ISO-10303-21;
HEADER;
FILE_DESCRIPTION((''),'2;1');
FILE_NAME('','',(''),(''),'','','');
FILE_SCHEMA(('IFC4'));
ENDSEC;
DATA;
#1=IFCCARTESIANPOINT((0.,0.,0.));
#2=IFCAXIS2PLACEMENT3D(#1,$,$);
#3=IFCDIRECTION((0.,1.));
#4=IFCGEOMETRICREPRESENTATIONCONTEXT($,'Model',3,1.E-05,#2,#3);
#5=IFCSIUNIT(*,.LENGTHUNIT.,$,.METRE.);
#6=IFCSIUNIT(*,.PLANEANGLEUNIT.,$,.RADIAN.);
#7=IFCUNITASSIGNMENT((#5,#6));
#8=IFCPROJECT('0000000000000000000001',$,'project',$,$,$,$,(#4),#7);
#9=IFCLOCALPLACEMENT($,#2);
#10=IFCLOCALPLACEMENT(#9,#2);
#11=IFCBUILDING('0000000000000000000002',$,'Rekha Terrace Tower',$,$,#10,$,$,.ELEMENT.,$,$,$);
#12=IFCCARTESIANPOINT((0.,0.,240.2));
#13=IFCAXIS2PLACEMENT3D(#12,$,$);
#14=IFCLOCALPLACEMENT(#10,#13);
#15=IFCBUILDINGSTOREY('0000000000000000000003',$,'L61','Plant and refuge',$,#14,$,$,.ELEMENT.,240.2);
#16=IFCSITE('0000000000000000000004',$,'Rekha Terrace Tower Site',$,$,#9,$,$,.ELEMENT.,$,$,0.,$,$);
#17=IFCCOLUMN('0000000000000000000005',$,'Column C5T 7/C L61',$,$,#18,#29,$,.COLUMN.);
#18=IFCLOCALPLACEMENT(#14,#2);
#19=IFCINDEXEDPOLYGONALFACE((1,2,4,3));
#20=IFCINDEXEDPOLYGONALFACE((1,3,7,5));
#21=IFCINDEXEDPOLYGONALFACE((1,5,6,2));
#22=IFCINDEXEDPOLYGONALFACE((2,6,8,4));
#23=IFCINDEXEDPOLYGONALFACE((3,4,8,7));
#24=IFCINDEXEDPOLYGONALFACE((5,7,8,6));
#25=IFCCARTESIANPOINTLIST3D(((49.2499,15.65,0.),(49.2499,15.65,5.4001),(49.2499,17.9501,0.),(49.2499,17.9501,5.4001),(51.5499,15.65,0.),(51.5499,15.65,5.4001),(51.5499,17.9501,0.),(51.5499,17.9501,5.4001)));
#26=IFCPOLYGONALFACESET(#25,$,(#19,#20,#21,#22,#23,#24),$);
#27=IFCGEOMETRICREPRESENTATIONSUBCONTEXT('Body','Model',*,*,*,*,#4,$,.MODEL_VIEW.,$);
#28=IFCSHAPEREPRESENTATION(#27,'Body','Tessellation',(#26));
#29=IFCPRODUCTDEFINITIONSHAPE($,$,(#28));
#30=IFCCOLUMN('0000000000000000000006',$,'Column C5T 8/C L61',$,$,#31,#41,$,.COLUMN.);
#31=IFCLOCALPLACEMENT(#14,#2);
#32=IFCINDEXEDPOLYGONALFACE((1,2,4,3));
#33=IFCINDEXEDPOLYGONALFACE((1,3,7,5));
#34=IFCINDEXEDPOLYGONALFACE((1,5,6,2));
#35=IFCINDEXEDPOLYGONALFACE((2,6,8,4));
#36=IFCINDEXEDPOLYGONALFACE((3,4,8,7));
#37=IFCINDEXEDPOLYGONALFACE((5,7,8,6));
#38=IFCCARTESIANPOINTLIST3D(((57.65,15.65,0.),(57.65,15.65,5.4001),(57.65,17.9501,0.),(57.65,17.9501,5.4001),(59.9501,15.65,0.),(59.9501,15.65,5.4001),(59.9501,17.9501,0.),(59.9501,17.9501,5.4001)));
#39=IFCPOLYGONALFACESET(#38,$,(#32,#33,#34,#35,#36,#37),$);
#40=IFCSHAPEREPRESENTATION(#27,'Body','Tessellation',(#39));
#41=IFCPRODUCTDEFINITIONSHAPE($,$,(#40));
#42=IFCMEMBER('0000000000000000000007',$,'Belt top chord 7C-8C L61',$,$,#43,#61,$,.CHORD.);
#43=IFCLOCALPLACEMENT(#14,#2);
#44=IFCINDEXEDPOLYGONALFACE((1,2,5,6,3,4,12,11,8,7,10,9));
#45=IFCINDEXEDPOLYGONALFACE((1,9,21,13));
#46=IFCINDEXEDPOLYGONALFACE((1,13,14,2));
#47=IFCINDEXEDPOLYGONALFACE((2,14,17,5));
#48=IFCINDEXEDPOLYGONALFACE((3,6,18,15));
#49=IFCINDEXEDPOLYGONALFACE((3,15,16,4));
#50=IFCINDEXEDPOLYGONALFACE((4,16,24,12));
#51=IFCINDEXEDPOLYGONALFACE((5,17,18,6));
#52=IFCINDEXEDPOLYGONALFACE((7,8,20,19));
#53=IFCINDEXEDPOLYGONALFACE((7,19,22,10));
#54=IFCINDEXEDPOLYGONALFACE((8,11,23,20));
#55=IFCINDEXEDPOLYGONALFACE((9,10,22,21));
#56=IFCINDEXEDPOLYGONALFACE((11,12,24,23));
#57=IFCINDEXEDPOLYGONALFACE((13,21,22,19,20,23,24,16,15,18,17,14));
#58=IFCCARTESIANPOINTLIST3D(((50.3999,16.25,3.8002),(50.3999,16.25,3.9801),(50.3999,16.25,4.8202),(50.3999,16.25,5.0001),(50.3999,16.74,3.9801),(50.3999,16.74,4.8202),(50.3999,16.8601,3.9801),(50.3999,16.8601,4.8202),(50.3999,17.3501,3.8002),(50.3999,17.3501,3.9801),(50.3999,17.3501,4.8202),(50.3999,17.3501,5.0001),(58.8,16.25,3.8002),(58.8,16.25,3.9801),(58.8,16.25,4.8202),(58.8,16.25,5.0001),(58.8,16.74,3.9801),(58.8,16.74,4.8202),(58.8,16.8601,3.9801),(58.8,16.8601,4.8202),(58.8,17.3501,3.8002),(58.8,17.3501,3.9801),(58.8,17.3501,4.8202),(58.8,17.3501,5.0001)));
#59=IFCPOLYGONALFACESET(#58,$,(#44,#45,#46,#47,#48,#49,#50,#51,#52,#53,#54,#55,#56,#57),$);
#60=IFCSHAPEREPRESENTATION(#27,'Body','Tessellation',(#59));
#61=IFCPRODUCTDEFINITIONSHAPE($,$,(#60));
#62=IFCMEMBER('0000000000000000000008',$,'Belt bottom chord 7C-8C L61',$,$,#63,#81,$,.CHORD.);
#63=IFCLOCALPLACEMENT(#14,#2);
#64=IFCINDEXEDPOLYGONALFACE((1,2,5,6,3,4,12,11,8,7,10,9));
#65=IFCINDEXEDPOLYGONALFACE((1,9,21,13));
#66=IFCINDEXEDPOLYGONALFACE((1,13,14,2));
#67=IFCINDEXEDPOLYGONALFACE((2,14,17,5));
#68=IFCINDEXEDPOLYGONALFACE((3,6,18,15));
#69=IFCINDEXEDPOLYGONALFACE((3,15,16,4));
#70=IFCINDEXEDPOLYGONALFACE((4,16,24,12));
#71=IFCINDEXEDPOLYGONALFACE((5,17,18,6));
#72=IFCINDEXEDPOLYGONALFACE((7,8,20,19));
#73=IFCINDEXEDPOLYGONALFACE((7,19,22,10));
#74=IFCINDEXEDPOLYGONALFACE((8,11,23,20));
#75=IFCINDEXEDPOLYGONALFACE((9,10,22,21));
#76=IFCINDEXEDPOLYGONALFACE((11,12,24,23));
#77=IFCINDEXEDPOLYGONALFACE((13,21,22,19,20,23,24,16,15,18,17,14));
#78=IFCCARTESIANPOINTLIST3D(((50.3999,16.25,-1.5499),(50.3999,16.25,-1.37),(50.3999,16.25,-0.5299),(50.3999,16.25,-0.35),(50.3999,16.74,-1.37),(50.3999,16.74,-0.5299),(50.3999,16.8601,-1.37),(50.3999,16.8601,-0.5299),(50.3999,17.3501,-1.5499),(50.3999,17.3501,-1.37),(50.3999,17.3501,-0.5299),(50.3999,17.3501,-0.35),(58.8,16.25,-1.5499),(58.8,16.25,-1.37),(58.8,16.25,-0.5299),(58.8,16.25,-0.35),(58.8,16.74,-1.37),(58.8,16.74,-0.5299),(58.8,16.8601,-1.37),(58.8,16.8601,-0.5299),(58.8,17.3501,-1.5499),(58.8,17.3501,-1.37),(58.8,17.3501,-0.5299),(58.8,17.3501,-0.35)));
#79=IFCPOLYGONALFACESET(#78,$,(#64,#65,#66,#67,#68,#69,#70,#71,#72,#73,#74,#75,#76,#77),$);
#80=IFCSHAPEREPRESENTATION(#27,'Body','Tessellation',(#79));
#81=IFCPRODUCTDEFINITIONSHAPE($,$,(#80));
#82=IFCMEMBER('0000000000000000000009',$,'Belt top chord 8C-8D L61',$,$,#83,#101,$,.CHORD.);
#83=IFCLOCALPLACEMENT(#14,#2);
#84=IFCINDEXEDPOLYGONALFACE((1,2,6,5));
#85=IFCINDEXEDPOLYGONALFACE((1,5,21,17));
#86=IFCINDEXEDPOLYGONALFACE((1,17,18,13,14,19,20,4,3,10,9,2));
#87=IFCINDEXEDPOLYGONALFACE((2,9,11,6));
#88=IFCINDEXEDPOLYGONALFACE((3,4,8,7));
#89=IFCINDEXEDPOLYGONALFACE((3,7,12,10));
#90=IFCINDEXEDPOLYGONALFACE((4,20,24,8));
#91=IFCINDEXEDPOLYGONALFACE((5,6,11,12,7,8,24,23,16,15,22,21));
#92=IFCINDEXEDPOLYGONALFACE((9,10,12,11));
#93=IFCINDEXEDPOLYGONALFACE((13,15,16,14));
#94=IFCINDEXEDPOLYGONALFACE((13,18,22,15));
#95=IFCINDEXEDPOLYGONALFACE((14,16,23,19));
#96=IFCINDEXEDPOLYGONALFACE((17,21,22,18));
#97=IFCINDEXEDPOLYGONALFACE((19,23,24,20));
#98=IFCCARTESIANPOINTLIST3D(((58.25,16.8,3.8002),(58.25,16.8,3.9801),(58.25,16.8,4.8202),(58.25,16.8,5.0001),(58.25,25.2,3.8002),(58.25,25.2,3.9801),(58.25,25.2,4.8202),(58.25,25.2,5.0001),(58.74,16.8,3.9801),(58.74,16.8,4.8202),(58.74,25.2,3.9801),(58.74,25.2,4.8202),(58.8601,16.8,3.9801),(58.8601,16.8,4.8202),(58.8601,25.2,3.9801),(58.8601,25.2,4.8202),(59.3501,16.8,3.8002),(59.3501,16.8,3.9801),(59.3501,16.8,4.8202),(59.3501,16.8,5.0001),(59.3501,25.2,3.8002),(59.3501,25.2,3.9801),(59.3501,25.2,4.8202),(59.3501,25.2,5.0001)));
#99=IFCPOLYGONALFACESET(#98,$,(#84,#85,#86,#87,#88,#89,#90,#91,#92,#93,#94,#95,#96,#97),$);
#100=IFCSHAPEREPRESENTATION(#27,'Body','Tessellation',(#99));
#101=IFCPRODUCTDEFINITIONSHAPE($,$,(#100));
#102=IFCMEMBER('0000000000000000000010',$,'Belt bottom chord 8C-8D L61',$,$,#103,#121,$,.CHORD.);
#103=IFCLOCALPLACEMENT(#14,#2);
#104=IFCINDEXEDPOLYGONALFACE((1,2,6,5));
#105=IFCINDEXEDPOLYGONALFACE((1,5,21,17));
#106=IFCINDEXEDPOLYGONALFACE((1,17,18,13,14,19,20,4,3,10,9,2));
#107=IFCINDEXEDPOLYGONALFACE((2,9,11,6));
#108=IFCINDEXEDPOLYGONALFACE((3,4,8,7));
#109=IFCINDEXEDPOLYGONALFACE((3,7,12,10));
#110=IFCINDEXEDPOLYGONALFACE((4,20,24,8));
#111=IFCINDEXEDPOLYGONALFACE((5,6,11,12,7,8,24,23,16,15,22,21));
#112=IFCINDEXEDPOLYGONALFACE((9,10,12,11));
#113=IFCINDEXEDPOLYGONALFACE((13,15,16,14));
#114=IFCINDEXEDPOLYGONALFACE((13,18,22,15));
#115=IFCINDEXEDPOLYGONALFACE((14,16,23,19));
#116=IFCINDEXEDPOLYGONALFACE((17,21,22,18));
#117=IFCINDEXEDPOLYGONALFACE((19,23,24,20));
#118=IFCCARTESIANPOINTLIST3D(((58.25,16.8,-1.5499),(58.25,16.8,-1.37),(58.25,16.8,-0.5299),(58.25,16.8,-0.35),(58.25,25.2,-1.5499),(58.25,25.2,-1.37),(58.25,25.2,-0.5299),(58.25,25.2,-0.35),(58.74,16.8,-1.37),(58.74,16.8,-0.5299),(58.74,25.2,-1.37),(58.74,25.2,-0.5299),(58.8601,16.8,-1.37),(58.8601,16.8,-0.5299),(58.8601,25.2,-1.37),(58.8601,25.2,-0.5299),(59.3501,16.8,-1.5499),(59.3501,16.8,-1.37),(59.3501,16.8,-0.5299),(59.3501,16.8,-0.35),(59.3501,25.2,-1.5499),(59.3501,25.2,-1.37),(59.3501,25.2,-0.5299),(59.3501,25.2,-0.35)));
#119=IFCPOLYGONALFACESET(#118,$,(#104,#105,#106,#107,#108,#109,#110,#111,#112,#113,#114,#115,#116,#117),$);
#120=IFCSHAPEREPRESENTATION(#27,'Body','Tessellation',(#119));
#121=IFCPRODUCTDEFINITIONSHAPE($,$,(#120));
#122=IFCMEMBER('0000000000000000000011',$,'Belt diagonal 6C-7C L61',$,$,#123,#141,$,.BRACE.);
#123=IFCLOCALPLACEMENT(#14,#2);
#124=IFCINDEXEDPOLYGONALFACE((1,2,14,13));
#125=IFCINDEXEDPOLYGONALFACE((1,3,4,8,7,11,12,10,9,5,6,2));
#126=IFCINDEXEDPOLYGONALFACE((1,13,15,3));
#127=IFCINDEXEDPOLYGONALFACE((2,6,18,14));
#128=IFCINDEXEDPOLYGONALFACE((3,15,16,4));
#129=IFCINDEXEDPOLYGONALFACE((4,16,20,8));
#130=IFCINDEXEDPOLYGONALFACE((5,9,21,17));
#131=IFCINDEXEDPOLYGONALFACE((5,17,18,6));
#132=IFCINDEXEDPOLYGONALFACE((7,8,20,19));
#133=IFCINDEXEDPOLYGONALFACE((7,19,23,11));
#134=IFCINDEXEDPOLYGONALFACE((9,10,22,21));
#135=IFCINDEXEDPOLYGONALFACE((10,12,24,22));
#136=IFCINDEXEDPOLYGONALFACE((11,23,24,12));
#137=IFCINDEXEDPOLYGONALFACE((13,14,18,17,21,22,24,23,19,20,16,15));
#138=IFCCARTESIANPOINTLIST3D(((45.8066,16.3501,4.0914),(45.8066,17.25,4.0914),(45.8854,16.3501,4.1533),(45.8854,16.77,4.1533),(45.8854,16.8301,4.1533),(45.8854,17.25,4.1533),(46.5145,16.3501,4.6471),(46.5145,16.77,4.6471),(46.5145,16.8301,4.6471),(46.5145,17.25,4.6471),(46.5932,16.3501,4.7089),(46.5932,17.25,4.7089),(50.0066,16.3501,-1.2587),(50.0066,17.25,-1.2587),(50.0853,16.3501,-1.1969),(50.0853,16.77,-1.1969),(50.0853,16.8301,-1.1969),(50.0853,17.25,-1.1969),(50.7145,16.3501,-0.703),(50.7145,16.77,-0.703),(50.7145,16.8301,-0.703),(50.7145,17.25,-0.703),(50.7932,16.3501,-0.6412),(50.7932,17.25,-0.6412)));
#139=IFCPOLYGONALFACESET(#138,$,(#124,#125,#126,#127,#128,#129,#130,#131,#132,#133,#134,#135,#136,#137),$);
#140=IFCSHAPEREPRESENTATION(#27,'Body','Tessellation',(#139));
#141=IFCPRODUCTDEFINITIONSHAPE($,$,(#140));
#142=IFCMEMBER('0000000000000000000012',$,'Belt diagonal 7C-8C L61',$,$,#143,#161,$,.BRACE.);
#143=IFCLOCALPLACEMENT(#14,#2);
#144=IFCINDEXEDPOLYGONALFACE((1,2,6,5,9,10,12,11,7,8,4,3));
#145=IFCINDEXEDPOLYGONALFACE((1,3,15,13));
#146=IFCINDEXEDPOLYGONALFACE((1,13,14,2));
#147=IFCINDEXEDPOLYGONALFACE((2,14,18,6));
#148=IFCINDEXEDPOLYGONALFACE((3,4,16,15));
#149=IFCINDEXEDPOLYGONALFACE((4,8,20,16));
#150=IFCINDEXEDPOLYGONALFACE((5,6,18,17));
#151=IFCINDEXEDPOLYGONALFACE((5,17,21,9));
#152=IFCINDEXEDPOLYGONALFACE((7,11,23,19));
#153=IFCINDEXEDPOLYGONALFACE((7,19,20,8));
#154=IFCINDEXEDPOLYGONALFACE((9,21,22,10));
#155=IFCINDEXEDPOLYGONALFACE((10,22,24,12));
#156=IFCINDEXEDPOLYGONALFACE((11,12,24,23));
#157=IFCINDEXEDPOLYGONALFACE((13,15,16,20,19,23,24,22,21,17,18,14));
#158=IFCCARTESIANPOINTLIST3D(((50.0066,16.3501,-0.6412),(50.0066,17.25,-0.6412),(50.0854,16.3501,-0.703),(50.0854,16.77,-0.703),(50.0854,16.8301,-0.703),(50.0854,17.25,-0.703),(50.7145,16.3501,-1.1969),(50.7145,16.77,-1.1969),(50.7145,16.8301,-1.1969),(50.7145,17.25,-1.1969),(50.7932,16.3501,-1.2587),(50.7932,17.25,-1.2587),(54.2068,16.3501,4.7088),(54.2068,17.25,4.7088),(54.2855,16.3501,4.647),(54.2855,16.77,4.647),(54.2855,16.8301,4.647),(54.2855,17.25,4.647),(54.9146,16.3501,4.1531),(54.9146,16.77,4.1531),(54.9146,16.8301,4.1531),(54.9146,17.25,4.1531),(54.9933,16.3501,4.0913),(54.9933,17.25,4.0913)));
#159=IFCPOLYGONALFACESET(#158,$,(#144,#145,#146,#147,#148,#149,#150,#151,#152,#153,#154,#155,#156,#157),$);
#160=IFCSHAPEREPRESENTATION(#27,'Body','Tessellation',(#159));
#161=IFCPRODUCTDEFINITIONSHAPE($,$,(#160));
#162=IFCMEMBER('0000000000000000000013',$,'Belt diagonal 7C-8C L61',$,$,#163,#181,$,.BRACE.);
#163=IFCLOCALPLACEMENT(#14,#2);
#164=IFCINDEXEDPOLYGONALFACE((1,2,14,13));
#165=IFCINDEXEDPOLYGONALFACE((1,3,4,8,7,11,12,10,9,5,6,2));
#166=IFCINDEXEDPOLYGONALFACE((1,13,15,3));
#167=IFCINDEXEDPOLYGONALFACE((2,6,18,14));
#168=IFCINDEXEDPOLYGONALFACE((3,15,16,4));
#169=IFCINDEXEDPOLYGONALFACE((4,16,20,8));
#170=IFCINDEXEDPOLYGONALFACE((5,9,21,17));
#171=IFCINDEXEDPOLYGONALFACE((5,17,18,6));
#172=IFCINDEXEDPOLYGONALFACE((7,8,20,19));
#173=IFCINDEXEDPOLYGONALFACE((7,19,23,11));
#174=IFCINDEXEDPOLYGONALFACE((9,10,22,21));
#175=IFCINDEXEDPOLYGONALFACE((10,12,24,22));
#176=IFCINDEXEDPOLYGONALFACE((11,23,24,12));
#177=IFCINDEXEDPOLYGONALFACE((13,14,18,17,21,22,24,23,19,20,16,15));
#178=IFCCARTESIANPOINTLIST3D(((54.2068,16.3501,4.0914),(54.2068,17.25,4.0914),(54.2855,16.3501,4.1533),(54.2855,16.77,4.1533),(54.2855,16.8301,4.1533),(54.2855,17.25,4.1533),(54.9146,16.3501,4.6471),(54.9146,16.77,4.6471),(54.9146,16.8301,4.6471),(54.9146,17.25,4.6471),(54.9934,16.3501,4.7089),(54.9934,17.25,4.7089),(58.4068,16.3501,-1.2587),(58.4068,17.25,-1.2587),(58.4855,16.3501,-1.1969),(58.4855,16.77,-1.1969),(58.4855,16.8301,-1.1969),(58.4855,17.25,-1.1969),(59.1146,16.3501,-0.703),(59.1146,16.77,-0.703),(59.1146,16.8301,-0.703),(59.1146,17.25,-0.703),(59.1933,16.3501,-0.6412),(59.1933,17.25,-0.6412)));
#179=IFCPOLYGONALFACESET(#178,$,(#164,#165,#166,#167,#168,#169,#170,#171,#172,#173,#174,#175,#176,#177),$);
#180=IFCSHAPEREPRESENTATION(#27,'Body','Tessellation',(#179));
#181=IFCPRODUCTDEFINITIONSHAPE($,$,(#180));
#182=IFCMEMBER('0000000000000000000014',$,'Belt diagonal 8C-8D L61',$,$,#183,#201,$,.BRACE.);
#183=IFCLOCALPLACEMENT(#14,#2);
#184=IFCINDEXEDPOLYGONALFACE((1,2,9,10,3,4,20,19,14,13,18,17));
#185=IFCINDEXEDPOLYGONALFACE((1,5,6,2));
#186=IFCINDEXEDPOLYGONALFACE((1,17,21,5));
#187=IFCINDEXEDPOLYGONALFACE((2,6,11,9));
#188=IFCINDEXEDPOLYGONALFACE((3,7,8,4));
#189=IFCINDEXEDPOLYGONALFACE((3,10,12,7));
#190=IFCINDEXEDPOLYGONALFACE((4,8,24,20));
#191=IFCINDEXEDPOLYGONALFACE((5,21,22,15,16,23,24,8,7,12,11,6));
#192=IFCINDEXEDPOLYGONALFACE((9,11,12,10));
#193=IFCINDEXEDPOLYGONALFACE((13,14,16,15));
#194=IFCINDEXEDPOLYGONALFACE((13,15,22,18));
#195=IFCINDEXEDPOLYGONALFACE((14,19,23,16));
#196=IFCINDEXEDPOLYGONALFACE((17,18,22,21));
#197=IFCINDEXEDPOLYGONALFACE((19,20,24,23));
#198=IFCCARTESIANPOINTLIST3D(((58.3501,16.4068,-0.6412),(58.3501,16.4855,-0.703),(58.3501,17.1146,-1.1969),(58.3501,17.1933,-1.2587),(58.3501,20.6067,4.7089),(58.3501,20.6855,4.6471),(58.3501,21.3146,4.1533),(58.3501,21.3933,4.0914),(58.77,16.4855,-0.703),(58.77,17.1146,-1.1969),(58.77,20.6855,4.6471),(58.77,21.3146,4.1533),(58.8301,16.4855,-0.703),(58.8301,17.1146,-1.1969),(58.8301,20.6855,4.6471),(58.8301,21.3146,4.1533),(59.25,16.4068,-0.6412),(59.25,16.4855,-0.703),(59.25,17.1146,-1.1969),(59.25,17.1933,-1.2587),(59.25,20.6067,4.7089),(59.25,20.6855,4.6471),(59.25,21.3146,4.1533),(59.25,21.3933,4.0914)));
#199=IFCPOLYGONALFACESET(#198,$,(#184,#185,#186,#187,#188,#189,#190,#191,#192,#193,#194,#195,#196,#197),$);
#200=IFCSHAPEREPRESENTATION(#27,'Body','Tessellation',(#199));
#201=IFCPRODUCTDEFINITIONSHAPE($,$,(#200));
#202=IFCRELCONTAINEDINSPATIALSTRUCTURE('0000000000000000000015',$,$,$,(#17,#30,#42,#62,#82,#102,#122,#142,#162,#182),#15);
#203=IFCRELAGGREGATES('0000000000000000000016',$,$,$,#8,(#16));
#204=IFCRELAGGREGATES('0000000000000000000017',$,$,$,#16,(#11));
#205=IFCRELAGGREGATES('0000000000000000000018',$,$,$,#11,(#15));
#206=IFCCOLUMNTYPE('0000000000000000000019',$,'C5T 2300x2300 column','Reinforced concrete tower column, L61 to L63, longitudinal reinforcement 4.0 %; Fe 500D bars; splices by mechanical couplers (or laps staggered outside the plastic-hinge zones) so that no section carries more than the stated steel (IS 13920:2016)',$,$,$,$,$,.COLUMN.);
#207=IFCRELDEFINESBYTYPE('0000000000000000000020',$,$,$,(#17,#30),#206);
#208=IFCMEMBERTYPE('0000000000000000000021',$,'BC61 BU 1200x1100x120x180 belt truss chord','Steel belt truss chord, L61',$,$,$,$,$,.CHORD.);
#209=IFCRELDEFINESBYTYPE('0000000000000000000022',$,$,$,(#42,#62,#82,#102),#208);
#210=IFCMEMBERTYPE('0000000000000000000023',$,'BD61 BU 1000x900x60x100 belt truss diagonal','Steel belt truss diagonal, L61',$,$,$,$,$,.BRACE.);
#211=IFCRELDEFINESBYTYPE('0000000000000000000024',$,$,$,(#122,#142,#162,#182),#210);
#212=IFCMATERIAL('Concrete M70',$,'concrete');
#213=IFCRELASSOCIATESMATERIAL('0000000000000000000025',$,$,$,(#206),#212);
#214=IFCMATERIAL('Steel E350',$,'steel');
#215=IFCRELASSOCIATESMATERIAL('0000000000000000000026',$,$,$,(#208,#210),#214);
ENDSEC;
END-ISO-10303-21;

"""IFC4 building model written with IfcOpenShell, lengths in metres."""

from ifc_helpers import new_model, si_unit, direction, frame, origin, origin_2d, place, context, subcontext, project, spatial, rectangle, i_section, extrude, material, material_profile, profile_set, type_object, element, save


model = new_model("IFC4")

# Units and contexts
model_context = context("Model", 3, precision=1e-05, world=origin(), true_north=direction((0.0, 1.0)))
body_context = subcontext(model_context, "Body", "Model", "MODEL_VIEW")
ifc_project = project(units=[si_unit("LENGTHUNIT", "METRE"), si_unit("PLANEANGLEUNIT", "RADIAN")], contexts=[model_context])

# Site, building, storey
site_placement = place(None, origin())
site = spatial("IfcSite", under=ifc_project, at=site_placement, Name="Rekha Terrace Tower Site", CompositionType="ELEMENT", RefElevation=0.0)
building_placement = place(site_placement, origin())
building = spatial("IfcBuilding", under=site, at=building_placement, Name="Rekha Terrace Tower", CompositionType="ELEMENT")
storey_placement = place(building_placement, frame((0.0, 0.0, 240.2)))
storey = spatial("IfcBuildingStorey", under=building, at=storey_placement, Name="L61", Description="Plant and refuge", CompositionType="ELEMENT", Elevation=240.2)

# Columns
ifc_material_1 = material(Name="Concrete M70", Category="concrete")
ifc_material_profile_1 = material_profile(ifc_material_1, rectangle(XDim=2.3, YDim=2.3, at=origin_2d()), Name="RC 2300x2300")
ifc_profile_set_1 = profile_set([ifc_material_profile_1], Name="Concrete M70")
column_type = type_object("IfcColumnType", Name="C5T 2300x2300 column", Description="Reinforced concrete tower column, L61 to L63, longitudinal reinforcement 4.0 %; Fe 500D bars; splices by mechanical couplers (or laps staggered outside the plastic-hinge zones) so that no section carries more than the stated steel (IS 13920:2016)", PredefinedType="COLUMN", material=ifc_profile_set_1)
for number, where, z_axis, x_axis, name in (
    (1, (50.3999, 16.8, 0.0), (0.0, 0.0, 1.0), (1.0, 0.0, 0.0), "Column C5T 7/C L61"),
    (2, (58.8, 16.8, 0.0), (0.0, 0.0, 1.0), (1.0, 0.0, 0.0), "Column C5T 8/C L61"),
):
    element("IfcColumn", number, at=place(storey_placement, frame(where, z_axis=z_axis, x_axis=x_axis)), inside=storey, type_object=column_type, Name=name, PredefinedType="COLUMN", context=body_context, shape_type="SweptSolid", body=[
        extrude(rectangle(XDim=2.3, YDim=2.3, at=origin_2d()), origin(), (0.0, 0.0, 1.0), 5.4001),
    ])

# Members
ifc_material_2 = material(Name="Steel E350", Category="steel")
ifc_material_profile_2 = material_profile(ifc_material_2, i_section(OverallWidth=1.1001, OverallDepth=1.2, WebThickness=0.1201, FlangeThickness=0.1799, at=origin_2d()), Name="BU 1200x1100x120x180")
ifc_profile_set_2 = profile_set([ifc_material_profile_2], Name="Steel E350")
member_type_1 = type_object("IfcMemberType", Name="BC61 BU 1200x1100x120x180 belt truss chord", Description="Steel belt truss chord, L61", PredefinedType="CHORD", material=ifc_profile_set_2)
for number, where, z_axis, x_axis, name in (
    (3, (50.3999, 16.8, 4.4001), (1.0, 0.0, 0.0), (0.0, 1.0, 0.0), "Belt top chord 7C-8C L61"),
    (4, (50.3999, 16.8, -0.95), (1.0, 0.0, 0.0), (0.0, 1.0, 0.0), "Belt bottom chord 7C-8C L61"),
):
    element("IfcMember", number, at=place(storey_placement, frame(where, z_axis=z_axis, x_axis=x_axis)), inside=storey, type_object=member_type_1, Name=name, PredefinedType="CHORD", context=body_context, shape_type="SweptSolid", body=[
        extrude(i_section(OverallWidth=1.1001, OverallDepth=1.2, WebThickness=0.1201, FlangeThickness=0.1799, at=origin_2d()), origin(), (0.0, 0.0, 1.0), 8.4001),
    ])
for number, where, z_axis, x_axis, name in (
    (5, (58.8, 16.8, 4.4001), (0.0, 1.0, 0.0), (-1.0, 0.0, 0.0), "Belt top chord 8C-8D L61"),
    (6, (58.8, 16.8, -0.95), (0.0, 1.0, 0.0), (-1.0, 0.0, 0.0), "Belt bottom chord 8C-8D L61"),
):
    element("IfcMember", number, at=place(storey_placement, frame(where, z_axis=z_axis, x_axis=x_axis)), inside=storey, type_object=member_type_1, Name=name, PredefinedType="CHORD", context=body_context, shape_type="SweptSolid", body=[
        extrude(i_section(OverallWidth=1.1001, OverallDepth=1.2, WebThickness=0.1201, FlangeThickness=0.1799, at=origin_2d()), origin(), (0.0, 0.0, 1.0), 8.3999),
    ])
ifc_material_profile_3 = material_profile(ifc_material_2, i_section(OverallWidth=0.8999, OverallDepth=1.0, WebThickness=0.0601, FlangeThickness=0.1001, at=origin_2d()), Name="BU 1000x900x60x100")
ifc_profile_set_3 = profile_set([ifc_material_profile_3], Name="Steel E350")
member_type_2 = type_object("IfcMemberType", Name="BD61 BU 1000x900x60x100 belt truss diagonal", Description="Steel belt truss diagonal, L61", PredefinedType="BRACE", material=ifc_profile_set_3)
for number, where, z_axis, x_axis, name in (
    (7, (50.3999, 16.8, -0.95), (-0.617485, 0.0, 0.786582), (0.0, -1.0, 0.0), "Belt diagonal 6C-7C L61"),
    (8, (50.3999, 16.8, -0.95), (0.617508, 0.0, 0.786565), (0.0, 1.0, 0.0), "Belt diagonal 7C-8C L61"),
    (9, (58.8, 16.8, -0.95), (-0.617485, 0.0, 0.786582), (0.0, -1.0, 0.0), "Belt diagonal 7C-8C L61"),
    (10, (58.8, 16.8, -0.95), (0.0, 0.617485, 0.786582), (-1.0, 0.0, 0.0), "Belt diagonal 8C-8D L61"),
):
    element("IfcMember", number, at=place(storey_placement, frame(where, z_axis=z_axis, x_axis=x_axis)), inside=storey, type_object=member_type_2, Name=name, PredefinedType="BRACE", context=body_context, shape_type="SweptSolid", body=[
        extrude(i_section(OverallWidth=0.8999, OverallDepth=1.0, WebThickness=0.0601, FlangeThickness=0.1001, at=origin_2d()), origin(), (0.0, 0.0, 1.0), 6.8018),
    ])

save(model, "model.ifc")
